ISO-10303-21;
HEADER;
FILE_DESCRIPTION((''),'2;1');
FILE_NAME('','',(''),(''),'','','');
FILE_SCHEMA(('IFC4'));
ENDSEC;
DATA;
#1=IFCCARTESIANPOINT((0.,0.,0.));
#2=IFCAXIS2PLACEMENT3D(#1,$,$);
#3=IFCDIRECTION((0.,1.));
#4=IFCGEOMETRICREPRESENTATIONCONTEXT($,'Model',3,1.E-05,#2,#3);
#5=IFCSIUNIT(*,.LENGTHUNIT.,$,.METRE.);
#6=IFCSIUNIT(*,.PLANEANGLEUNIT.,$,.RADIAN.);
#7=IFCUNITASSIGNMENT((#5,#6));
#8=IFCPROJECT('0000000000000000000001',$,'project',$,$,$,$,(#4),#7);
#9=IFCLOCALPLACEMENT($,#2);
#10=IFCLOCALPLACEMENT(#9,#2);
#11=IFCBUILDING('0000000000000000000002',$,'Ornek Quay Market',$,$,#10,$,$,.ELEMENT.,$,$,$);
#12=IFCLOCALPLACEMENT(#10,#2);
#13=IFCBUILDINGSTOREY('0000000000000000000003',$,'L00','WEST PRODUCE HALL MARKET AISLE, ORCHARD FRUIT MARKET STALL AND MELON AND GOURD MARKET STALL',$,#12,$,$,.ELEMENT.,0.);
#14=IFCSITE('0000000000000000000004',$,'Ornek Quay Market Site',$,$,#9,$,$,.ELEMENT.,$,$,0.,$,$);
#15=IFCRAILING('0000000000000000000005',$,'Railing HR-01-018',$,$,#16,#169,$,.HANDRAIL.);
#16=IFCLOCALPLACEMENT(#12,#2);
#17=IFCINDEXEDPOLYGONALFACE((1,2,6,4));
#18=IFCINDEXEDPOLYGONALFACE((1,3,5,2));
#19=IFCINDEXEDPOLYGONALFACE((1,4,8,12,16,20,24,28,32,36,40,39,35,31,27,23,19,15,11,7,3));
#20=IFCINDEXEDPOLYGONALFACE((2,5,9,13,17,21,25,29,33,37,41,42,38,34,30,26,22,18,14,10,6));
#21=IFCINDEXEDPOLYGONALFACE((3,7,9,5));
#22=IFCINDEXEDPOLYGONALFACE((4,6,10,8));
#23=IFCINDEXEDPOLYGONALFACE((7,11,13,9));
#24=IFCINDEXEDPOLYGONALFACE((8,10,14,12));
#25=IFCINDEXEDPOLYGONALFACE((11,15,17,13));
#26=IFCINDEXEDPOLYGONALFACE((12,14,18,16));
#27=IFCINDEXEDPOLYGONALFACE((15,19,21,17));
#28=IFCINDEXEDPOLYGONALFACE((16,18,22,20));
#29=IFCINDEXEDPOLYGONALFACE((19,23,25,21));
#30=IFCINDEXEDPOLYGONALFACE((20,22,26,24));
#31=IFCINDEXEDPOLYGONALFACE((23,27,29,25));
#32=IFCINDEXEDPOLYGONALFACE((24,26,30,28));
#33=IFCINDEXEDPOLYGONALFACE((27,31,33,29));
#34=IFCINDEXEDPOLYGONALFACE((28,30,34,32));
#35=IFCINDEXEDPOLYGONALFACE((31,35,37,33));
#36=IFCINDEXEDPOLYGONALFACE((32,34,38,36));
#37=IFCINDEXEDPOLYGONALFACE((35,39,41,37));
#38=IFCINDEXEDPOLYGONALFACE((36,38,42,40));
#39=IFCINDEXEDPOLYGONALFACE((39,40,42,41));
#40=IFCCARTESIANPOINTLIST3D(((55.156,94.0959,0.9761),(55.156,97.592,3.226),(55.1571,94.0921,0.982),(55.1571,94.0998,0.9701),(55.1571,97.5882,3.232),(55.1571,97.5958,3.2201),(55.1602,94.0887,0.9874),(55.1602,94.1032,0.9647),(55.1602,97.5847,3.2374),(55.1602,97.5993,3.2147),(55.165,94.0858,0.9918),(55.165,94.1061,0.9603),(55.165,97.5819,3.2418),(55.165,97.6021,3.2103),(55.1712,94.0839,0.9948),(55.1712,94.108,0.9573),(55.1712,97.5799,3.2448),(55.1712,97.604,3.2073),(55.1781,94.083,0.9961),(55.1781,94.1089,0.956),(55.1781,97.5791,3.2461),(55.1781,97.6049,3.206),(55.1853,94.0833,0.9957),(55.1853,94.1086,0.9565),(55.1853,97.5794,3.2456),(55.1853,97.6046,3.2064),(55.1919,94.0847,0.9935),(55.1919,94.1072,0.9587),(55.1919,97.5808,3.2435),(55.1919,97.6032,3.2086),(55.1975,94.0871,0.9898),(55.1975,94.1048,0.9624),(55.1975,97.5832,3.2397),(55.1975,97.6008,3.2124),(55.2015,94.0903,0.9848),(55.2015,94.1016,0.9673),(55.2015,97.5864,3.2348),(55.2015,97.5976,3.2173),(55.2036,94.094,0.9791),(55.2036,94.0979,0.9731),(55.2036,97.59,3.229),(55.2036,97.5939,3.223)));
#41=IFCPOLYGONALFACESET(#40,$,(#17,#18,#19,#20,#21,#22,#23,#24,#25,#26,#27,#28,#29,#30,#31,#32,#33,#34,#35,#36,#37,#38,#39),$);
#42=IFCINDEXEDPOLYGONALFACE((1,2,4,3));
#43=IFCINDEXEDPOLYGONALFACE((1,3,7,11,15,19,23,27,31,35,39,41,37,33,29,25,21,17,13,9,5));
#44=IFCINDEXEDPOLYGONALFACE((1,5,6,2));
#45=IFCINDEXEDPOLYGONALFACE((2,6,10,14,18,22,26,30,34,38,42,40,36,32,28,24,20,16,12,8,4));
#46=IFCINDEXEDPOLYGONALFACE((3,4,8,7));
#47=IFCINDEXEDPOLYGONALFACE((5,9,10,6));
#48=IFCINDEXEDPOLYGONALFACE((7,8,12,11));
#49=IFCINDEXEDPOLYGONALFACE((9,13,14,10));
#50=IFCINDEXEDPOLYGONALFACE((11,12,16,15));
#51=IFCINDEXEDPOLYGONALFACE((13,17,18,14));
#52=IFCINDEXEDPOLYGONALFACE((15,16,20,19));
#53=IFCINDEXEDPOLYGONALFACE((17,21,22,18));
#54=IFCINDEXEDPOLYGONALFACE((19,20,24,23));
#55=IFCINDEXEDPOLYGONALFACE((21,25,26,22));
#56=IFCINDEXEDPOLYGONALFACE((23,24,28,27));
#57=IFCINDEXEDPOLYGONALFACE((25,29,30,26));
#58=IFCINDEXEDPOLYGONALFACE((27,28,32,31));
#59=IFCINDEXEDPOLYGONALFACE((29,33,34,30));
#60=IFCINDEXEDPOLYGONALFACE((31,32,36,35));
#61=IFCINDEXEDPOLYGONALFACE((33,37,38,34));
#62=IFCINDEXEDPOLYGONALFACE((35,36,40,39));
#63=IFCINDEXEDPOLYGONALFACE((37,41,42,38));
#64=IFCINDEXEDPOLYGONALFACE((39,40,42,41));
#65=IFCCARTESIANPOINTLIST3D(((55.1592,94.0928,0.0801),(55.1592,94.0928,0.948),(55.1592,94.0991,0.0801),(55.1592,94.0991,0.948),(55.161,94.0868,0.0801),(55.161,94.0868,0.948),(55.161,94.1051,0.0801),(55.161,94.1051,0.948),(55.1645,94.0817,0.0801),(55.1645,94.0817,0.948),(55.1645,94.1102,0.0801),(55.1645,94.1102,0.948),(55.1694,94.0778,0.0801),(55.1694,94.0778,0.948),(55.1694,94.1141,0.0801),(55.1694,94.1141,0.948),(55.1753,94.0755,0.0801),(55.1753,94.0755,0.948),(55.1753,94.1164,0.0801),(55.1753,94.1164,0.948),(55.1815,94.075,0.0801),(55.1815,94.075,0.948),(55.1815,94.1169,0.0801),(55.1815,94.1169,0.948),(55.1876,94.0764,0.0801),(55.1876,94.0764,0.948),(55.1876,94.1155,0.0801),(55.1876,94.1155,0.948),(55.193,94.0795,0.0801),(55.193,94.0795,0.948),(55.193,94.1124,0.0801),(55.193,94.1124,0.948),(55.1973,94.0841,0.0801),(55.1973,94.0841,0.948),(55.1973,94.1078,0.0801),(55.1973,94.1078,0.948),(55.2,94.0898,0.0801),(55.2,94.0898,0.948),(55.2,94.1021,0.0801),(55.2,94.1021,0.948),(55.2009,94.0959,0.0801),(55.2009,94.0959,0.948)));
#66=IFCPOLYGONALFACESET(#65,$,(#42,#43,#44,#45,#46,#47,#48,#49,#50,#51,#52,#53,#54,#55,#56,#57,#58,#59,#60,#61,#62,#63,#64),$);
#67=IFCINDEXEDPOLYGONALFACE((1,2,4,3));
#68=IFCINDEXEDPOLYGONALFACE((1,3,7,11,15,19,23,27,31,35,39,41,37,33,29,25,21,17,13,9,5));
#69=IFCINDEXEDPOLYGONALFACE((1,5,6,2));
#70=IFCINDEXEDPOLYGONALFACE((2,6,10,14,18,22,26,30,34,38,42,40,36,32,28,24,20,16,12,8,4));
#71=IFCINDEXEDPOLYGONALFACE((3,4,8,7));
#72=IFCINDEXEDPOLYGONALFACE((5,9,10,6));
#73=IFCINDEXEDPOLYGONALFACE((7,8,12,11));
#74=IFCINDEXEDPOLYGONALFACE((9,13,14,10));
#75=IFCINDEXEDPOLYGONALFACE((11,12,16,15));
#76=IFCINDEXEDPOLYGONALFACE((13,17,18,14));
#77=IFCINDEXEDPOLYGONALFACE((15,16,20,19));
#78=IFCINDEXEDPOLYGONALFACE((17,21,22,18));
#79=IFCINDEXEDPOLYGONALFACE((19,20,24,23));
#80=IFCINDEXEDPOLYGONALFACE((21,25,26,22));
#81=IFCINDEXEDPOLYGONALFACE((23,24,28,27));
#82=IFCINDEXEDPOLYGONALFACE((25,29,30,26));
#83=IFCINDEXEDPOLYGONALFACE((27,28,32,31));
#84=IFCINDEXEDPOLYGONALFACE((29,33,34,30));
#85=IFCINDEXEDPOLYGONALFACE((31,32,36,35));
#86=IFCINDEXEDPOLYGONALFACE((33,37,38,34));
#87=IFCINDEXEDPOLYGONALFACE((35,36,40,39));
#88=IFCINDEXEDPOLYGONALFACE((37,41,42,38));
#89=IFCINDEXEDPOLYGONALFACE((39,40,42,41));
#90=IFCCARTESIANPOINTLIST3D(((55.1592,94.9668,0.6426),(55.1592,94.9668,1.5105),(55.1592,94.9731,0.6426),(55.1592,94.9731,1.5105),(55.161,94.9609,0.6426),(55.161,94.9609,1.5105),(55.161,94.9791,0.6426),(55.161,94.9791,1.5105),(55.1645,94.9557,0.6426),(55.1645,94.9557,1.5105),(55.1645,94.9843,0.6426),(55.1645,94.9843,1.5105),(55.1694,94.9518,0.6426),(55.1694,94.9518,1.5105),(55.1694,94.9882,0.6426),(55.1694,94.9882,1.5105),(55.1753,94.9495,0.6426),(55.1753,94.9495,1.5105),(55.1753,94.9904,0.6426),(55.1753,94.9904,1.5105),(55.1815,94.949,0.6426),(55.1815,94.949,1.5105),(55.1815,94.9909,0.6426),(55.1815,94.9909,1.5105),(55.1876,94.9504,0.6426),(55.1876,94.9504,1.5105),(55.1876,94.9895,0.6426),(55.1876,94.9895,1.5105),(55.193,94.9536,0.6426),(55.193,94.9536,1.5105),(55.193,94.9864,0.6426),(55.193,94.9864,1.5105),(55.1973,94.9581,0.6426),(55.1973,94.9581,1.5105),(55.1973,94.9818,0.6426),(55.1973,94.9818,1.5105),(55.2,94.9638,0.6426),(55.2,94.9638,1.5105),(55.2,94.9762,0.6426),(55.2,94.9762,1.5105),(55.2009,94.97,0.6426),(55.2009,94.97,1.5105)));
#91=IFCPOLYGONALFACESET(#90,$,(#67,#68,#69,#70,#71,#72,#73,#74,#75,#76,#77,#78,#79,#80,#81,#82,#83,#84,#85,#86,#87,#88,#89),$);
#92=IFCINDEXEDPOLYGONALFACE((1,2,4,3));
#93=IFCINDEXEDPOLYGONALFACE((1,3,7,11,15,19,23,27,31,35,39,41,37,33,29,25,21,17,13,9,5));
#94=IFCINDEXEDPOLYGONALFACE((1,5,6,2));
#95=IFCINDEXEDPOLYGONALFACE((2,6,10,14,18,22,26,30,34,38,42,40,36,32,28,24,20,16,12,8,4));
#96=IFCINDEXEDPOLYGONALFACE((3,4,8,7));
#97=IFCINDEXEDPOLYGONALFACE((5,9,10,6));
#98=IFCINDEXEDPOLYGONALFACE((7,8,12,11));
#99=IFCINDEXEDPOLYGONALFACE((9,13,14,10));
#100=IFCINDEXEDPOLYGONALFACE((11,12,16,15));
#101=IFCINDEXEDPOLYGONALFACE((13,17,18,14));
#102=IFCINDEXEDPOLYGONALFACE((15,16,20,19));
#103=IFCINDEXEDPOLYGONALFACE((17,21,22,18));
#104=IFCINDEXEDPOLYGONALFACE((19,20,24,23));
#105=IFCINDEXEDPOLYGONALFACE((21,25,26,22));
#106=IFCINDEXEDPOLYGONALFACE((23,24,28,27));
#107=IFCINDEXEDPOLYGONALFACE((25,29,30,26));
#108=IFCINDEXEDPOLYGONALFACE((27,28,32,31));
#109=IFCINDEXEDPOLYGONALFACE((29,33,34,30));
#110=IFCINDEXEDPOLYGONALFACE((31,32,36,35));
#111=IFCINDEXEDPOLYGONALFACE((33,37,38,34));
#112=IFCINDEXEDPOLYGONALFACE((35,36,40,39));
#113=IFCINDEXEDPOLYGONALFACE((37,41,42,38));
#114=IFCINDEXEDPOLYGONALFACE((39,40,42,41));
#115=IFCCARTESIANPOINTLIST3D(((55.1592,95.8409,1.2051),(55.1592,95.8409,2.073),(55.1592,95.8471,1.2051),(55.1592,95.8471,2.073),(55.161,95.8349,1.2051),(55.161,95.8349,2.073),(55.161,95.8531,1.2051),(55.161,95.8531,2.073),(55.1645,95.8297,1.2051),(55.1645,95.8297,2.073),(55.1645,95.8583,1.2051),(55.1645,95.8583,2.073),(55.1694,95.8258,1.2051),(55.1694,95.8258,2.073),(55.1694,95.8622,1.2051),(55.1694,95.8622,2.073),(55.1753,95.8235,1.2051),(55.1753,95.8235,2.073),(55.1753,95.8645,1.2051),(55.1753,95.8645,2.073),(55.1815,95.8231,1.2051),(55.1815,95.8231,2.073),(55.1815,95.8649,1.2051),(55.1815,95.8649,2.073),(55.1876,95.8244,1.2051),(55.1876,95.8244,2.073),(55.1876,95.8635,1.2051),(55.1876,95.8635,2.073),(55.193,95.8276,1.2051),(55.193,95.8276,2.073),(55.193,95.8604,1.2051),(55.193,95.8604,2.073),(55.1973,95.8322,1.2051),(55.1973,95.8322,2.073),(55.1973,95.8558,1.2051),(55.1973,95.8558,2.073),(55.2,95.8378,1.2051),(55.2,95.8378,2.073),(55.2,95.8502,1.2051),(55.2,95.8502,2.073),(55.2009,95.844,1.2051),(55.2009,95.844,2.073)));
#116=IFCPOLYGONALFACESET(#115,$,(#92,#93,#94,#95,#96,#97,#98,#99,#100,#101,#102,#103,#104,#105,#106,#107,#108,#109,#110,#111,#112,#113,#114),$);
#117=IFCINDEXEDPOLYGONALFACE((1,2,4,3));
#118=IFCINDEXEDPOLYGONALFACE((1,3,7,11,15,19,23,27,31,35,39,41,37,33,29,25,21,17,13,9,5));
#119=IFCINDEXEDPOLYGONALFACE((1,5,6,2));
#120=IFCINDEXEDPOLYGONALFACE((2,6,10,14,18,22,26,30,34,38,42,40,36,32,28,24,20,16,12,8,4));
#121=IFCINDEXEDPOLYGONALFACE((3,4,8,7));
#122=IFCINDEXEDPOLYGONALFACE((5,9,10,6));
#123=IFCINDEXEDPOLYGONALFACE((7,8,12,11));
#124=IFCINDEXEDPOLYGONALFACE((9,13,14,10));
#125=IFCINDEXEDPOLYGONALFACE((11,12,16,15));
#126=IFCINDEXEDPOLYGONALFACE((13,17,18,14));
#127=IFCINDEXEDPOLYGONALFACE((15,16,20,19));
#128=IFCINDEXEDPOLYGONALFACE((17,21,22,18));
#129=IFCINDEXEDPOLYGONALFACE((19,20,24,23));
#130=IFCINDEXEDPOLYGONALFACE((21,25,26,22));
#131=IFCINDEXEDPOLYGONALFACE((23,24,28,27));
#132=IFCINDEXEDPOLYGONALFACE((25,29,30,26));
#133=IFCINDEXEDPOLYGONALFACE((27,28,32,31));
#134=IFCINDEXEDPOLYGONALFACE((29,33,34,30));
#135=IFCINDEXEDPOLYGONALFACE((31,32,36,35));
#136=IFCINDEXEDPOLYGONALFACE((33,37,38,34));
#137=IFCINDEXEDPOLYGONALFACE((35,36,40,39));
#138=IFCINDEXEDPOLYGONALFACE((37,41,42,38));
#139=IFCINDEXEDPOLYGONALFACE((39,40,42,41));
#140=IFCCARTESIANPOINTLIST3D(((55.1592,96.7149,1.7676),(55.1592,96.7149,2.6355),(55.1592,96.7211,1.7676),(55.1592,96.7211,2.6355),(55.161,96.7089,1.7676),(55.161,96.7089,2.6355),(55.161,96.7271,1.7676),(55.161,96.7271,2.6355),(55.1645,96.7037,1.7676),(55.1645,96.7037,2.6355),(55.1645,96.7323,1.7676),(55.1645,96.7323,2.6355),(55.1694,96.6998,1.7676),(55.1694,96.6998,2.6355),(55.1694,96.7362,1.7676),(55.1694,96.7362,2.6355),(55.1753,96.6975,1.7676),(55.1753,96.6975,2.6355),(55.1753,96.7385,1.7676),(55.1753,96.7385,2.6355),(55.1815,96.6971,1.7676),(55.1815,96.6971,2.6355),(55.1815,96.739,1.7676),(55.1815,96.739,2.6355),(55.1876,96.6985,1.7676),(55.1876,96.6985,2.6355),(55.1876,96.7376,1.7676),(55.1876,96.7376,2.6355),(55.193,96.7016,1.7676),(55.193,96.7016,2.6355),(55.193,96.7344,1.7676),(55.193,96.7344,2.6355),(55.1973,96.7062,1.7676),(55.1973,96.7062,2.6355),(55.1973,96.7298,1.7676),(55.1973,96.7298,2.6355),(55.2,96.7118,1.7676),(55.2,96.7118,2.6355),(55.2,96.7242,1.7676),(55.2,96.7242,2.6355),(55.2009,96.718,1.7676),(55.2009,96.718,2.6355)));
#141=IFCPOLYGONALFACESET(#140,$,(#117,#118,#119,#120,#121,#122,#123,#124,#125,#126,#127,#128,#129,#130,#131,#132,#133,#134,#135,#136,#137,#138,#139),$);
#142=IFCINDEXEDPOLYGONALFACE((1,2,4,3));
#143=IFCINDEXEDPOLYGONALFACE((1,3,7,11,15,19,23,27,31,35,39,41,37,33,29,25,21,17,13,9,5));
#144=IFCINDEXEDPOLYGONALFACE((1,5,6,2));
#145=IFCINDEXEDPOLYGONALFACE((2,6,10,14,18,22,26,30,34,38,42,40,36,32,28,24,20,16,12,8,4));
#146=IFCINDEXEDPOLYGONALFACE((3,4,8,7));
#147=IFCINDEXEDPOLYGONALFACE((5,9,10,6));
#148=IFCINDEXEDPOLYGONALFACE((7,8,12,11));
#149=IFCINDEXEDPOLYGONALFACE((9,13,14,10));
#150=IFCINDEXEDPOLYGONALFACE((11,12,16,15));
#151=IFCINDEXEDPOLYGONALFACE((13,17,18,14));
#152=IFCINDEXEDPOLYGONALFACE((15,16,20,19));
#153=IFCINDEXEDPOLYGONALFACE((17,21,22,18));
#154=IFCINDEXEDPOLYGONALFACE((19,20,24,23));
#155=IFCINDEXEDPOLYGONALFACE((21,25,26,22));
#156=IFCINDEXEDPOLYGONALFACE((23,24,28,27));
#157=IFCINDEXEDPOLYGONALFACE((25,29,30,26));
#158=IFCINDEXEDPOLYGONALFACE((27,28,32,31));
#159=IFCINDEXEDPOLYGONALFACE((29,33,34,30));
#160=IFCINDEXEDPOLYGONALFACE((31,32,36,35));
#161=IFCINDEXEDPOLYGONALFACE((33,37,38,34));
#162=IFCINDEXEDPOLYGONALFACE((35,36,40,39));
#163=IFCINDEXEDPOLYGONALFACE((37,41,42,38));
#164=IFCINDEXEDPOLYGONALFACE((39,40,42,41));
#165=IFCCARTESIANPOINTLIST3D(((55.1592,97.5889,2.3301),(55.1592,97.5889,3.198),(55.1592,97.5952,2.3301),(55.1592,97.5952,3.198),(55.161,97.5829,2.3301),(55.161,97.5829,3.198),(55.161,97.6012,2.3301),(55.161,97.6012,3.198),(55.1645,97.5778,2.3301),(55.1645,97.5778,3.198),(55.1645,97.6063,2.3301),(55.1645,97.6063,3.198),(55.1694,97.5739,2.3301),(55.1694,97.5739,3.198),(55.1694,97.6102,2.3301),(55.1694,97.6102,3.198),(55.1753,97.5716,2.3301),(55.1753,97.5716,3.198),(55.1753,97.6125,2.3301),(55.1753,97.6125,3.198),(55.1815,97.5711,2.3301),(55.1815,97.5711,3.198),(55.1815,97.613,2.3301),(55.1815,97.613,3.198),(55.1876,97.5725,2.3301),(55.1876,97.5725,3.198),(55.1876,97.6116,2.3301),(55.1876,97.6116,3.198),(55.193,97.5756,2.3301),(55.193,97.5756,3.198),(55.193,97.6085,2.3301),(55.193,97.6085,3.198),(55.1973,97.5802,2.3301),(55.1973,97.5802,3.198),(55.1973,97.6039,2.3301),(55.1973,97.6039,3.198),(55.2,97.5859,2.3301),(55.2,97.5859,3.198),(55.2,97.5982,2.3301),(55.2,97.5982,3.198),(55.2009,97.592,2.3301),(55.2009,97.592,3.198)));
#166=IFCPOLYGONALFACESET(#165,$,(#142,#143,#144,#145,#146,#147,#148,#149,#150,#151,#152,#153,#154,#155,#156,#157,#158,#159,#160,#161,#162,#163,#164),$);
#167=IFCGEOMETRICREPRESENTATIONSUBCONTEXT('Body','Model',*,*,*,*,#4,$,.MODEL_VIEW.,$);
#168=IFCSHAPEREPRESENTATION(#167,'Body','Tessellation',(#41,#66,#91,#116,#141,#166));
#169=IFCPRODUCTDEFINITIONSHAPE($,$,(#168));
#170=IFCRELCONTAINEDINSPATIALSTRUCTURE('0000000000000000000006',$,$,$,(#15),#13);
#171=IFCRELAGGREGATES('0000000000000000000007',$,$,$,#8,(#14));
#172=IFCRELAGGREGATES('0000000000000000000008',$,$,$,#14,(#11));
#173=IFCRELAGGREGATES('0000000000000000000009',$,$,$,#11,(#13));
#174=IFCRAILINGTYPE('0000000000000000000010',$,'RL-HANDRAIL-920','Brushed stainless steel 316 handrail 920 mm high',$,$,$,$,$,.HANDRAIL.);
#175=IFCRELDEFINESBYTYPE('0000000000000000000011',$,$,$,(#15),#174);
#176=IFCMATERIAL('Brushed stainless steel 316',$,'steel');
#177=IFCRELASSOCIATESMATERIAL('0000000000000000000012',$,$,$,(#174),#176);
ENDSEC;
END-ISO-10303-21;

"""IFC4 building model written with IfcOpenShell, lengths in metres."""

from ifc_helpers import new_model, si_unit, direction, frame, origin, origin_2d, place, context, subcontext, project, spatial, circle, extrude, material, type_object, element, save


model = new_model("IFC4")

# Units and contexts
model_context = context("Model", 3, precision=1e-05, world=origin(), true_north=direction((0.0, 1.0)))
body_context = subcontext(model_context, "Body", "Model", "MODEL_VIEW")
ifc_project = project(units=[si_unit("LENGTHUNIT", "METRE"), si_unit("PLANEANGLEUNIT", "RADIAN")], contexts=[model_context])

# Site, building, storey
site_placement = place(None, origin())
site = spatial("IfcSite", under=ifc_project, at=site_placement, Name="Ornek Quay Market Site", CompositionType="ELEMENT", RefElevation=0.0)
building_placement = place(site_placement, origin())
building = spatial("IfcBuilding", under=site, at=building_placement, Name="Ornek Quay Market", CompositionType="ELEMENT")
storey_placement = place(building_placement, origin())
storey = spatial("IfcBuildingStorey", under=building, at=storey_placement, Name="L00", Description="WEST PRODUCE HALL MARKET AISLE, ORCHARD FRUIT MARKET STALL AND MELON AND GOURD MARKET STALL", CompositionType="ELEMENT", Elevation=0.0)

# Railing
ifc_material_1 = material(Name="Brushed stainless steel 316", Category="steel")
railing_type_1 = type_object("IfcRailingType", Name="RL-HANDRAIL-920", Description="Brushed stainless steel 316 handrail 920 mm high", PredefinedType="HANDRAIL", material=ifc_material_1)
railing_1_placement = place(storey_placement, frame((55.1799, 94.0959, 0.0801)))
element("IfcRailing", 1, at=railing_1_placement, inside=storey, type_object=railing_type_1, Name="Railing HR-01-018", PredefinedType="HANDRAIL", context=body_context, shape_type="SweptSolid", body=[
    extrude(circle(Radius=0.0239, at=origin_2d()), frame((0.0, 0.0, 0.896), z_axis=(0.0, 0.840904, 0.541185), x_axis=(-1.0, 0.0, 0.0)), (0.0, 0.0, 1.0), 4.1575),
    extrude(circle(Radius=0.021, at=origin_2d()), origin(), (0.0, 0.0, 1.0), 0.8679),
    extrude(circle(Radius=0.021, at=origin_2d()), frame((0.0, 0.874, 0.5625)), (0.0, 0.0, 1.0), 0.8679),
    extrude(circle(Radius=0.021, at=origin_2d()), frame((0.0, 1.748, 1.125)), (0.0, 0.0, 1.0), 0.8679),
    extrude(circle(Radius=0.021, at=origin_2d()), frame((0.0, 2.6221, 1.6875)), (0.0, 0.0, 1.0), 0.8679),
    extrude(circle(Radius=0.021, at=origin_2d()), frame((0.0, 3.4961, 2.25)), (0.0, 0.0, 1.0), 0.8679),
])

save(model, "model.ifc")
